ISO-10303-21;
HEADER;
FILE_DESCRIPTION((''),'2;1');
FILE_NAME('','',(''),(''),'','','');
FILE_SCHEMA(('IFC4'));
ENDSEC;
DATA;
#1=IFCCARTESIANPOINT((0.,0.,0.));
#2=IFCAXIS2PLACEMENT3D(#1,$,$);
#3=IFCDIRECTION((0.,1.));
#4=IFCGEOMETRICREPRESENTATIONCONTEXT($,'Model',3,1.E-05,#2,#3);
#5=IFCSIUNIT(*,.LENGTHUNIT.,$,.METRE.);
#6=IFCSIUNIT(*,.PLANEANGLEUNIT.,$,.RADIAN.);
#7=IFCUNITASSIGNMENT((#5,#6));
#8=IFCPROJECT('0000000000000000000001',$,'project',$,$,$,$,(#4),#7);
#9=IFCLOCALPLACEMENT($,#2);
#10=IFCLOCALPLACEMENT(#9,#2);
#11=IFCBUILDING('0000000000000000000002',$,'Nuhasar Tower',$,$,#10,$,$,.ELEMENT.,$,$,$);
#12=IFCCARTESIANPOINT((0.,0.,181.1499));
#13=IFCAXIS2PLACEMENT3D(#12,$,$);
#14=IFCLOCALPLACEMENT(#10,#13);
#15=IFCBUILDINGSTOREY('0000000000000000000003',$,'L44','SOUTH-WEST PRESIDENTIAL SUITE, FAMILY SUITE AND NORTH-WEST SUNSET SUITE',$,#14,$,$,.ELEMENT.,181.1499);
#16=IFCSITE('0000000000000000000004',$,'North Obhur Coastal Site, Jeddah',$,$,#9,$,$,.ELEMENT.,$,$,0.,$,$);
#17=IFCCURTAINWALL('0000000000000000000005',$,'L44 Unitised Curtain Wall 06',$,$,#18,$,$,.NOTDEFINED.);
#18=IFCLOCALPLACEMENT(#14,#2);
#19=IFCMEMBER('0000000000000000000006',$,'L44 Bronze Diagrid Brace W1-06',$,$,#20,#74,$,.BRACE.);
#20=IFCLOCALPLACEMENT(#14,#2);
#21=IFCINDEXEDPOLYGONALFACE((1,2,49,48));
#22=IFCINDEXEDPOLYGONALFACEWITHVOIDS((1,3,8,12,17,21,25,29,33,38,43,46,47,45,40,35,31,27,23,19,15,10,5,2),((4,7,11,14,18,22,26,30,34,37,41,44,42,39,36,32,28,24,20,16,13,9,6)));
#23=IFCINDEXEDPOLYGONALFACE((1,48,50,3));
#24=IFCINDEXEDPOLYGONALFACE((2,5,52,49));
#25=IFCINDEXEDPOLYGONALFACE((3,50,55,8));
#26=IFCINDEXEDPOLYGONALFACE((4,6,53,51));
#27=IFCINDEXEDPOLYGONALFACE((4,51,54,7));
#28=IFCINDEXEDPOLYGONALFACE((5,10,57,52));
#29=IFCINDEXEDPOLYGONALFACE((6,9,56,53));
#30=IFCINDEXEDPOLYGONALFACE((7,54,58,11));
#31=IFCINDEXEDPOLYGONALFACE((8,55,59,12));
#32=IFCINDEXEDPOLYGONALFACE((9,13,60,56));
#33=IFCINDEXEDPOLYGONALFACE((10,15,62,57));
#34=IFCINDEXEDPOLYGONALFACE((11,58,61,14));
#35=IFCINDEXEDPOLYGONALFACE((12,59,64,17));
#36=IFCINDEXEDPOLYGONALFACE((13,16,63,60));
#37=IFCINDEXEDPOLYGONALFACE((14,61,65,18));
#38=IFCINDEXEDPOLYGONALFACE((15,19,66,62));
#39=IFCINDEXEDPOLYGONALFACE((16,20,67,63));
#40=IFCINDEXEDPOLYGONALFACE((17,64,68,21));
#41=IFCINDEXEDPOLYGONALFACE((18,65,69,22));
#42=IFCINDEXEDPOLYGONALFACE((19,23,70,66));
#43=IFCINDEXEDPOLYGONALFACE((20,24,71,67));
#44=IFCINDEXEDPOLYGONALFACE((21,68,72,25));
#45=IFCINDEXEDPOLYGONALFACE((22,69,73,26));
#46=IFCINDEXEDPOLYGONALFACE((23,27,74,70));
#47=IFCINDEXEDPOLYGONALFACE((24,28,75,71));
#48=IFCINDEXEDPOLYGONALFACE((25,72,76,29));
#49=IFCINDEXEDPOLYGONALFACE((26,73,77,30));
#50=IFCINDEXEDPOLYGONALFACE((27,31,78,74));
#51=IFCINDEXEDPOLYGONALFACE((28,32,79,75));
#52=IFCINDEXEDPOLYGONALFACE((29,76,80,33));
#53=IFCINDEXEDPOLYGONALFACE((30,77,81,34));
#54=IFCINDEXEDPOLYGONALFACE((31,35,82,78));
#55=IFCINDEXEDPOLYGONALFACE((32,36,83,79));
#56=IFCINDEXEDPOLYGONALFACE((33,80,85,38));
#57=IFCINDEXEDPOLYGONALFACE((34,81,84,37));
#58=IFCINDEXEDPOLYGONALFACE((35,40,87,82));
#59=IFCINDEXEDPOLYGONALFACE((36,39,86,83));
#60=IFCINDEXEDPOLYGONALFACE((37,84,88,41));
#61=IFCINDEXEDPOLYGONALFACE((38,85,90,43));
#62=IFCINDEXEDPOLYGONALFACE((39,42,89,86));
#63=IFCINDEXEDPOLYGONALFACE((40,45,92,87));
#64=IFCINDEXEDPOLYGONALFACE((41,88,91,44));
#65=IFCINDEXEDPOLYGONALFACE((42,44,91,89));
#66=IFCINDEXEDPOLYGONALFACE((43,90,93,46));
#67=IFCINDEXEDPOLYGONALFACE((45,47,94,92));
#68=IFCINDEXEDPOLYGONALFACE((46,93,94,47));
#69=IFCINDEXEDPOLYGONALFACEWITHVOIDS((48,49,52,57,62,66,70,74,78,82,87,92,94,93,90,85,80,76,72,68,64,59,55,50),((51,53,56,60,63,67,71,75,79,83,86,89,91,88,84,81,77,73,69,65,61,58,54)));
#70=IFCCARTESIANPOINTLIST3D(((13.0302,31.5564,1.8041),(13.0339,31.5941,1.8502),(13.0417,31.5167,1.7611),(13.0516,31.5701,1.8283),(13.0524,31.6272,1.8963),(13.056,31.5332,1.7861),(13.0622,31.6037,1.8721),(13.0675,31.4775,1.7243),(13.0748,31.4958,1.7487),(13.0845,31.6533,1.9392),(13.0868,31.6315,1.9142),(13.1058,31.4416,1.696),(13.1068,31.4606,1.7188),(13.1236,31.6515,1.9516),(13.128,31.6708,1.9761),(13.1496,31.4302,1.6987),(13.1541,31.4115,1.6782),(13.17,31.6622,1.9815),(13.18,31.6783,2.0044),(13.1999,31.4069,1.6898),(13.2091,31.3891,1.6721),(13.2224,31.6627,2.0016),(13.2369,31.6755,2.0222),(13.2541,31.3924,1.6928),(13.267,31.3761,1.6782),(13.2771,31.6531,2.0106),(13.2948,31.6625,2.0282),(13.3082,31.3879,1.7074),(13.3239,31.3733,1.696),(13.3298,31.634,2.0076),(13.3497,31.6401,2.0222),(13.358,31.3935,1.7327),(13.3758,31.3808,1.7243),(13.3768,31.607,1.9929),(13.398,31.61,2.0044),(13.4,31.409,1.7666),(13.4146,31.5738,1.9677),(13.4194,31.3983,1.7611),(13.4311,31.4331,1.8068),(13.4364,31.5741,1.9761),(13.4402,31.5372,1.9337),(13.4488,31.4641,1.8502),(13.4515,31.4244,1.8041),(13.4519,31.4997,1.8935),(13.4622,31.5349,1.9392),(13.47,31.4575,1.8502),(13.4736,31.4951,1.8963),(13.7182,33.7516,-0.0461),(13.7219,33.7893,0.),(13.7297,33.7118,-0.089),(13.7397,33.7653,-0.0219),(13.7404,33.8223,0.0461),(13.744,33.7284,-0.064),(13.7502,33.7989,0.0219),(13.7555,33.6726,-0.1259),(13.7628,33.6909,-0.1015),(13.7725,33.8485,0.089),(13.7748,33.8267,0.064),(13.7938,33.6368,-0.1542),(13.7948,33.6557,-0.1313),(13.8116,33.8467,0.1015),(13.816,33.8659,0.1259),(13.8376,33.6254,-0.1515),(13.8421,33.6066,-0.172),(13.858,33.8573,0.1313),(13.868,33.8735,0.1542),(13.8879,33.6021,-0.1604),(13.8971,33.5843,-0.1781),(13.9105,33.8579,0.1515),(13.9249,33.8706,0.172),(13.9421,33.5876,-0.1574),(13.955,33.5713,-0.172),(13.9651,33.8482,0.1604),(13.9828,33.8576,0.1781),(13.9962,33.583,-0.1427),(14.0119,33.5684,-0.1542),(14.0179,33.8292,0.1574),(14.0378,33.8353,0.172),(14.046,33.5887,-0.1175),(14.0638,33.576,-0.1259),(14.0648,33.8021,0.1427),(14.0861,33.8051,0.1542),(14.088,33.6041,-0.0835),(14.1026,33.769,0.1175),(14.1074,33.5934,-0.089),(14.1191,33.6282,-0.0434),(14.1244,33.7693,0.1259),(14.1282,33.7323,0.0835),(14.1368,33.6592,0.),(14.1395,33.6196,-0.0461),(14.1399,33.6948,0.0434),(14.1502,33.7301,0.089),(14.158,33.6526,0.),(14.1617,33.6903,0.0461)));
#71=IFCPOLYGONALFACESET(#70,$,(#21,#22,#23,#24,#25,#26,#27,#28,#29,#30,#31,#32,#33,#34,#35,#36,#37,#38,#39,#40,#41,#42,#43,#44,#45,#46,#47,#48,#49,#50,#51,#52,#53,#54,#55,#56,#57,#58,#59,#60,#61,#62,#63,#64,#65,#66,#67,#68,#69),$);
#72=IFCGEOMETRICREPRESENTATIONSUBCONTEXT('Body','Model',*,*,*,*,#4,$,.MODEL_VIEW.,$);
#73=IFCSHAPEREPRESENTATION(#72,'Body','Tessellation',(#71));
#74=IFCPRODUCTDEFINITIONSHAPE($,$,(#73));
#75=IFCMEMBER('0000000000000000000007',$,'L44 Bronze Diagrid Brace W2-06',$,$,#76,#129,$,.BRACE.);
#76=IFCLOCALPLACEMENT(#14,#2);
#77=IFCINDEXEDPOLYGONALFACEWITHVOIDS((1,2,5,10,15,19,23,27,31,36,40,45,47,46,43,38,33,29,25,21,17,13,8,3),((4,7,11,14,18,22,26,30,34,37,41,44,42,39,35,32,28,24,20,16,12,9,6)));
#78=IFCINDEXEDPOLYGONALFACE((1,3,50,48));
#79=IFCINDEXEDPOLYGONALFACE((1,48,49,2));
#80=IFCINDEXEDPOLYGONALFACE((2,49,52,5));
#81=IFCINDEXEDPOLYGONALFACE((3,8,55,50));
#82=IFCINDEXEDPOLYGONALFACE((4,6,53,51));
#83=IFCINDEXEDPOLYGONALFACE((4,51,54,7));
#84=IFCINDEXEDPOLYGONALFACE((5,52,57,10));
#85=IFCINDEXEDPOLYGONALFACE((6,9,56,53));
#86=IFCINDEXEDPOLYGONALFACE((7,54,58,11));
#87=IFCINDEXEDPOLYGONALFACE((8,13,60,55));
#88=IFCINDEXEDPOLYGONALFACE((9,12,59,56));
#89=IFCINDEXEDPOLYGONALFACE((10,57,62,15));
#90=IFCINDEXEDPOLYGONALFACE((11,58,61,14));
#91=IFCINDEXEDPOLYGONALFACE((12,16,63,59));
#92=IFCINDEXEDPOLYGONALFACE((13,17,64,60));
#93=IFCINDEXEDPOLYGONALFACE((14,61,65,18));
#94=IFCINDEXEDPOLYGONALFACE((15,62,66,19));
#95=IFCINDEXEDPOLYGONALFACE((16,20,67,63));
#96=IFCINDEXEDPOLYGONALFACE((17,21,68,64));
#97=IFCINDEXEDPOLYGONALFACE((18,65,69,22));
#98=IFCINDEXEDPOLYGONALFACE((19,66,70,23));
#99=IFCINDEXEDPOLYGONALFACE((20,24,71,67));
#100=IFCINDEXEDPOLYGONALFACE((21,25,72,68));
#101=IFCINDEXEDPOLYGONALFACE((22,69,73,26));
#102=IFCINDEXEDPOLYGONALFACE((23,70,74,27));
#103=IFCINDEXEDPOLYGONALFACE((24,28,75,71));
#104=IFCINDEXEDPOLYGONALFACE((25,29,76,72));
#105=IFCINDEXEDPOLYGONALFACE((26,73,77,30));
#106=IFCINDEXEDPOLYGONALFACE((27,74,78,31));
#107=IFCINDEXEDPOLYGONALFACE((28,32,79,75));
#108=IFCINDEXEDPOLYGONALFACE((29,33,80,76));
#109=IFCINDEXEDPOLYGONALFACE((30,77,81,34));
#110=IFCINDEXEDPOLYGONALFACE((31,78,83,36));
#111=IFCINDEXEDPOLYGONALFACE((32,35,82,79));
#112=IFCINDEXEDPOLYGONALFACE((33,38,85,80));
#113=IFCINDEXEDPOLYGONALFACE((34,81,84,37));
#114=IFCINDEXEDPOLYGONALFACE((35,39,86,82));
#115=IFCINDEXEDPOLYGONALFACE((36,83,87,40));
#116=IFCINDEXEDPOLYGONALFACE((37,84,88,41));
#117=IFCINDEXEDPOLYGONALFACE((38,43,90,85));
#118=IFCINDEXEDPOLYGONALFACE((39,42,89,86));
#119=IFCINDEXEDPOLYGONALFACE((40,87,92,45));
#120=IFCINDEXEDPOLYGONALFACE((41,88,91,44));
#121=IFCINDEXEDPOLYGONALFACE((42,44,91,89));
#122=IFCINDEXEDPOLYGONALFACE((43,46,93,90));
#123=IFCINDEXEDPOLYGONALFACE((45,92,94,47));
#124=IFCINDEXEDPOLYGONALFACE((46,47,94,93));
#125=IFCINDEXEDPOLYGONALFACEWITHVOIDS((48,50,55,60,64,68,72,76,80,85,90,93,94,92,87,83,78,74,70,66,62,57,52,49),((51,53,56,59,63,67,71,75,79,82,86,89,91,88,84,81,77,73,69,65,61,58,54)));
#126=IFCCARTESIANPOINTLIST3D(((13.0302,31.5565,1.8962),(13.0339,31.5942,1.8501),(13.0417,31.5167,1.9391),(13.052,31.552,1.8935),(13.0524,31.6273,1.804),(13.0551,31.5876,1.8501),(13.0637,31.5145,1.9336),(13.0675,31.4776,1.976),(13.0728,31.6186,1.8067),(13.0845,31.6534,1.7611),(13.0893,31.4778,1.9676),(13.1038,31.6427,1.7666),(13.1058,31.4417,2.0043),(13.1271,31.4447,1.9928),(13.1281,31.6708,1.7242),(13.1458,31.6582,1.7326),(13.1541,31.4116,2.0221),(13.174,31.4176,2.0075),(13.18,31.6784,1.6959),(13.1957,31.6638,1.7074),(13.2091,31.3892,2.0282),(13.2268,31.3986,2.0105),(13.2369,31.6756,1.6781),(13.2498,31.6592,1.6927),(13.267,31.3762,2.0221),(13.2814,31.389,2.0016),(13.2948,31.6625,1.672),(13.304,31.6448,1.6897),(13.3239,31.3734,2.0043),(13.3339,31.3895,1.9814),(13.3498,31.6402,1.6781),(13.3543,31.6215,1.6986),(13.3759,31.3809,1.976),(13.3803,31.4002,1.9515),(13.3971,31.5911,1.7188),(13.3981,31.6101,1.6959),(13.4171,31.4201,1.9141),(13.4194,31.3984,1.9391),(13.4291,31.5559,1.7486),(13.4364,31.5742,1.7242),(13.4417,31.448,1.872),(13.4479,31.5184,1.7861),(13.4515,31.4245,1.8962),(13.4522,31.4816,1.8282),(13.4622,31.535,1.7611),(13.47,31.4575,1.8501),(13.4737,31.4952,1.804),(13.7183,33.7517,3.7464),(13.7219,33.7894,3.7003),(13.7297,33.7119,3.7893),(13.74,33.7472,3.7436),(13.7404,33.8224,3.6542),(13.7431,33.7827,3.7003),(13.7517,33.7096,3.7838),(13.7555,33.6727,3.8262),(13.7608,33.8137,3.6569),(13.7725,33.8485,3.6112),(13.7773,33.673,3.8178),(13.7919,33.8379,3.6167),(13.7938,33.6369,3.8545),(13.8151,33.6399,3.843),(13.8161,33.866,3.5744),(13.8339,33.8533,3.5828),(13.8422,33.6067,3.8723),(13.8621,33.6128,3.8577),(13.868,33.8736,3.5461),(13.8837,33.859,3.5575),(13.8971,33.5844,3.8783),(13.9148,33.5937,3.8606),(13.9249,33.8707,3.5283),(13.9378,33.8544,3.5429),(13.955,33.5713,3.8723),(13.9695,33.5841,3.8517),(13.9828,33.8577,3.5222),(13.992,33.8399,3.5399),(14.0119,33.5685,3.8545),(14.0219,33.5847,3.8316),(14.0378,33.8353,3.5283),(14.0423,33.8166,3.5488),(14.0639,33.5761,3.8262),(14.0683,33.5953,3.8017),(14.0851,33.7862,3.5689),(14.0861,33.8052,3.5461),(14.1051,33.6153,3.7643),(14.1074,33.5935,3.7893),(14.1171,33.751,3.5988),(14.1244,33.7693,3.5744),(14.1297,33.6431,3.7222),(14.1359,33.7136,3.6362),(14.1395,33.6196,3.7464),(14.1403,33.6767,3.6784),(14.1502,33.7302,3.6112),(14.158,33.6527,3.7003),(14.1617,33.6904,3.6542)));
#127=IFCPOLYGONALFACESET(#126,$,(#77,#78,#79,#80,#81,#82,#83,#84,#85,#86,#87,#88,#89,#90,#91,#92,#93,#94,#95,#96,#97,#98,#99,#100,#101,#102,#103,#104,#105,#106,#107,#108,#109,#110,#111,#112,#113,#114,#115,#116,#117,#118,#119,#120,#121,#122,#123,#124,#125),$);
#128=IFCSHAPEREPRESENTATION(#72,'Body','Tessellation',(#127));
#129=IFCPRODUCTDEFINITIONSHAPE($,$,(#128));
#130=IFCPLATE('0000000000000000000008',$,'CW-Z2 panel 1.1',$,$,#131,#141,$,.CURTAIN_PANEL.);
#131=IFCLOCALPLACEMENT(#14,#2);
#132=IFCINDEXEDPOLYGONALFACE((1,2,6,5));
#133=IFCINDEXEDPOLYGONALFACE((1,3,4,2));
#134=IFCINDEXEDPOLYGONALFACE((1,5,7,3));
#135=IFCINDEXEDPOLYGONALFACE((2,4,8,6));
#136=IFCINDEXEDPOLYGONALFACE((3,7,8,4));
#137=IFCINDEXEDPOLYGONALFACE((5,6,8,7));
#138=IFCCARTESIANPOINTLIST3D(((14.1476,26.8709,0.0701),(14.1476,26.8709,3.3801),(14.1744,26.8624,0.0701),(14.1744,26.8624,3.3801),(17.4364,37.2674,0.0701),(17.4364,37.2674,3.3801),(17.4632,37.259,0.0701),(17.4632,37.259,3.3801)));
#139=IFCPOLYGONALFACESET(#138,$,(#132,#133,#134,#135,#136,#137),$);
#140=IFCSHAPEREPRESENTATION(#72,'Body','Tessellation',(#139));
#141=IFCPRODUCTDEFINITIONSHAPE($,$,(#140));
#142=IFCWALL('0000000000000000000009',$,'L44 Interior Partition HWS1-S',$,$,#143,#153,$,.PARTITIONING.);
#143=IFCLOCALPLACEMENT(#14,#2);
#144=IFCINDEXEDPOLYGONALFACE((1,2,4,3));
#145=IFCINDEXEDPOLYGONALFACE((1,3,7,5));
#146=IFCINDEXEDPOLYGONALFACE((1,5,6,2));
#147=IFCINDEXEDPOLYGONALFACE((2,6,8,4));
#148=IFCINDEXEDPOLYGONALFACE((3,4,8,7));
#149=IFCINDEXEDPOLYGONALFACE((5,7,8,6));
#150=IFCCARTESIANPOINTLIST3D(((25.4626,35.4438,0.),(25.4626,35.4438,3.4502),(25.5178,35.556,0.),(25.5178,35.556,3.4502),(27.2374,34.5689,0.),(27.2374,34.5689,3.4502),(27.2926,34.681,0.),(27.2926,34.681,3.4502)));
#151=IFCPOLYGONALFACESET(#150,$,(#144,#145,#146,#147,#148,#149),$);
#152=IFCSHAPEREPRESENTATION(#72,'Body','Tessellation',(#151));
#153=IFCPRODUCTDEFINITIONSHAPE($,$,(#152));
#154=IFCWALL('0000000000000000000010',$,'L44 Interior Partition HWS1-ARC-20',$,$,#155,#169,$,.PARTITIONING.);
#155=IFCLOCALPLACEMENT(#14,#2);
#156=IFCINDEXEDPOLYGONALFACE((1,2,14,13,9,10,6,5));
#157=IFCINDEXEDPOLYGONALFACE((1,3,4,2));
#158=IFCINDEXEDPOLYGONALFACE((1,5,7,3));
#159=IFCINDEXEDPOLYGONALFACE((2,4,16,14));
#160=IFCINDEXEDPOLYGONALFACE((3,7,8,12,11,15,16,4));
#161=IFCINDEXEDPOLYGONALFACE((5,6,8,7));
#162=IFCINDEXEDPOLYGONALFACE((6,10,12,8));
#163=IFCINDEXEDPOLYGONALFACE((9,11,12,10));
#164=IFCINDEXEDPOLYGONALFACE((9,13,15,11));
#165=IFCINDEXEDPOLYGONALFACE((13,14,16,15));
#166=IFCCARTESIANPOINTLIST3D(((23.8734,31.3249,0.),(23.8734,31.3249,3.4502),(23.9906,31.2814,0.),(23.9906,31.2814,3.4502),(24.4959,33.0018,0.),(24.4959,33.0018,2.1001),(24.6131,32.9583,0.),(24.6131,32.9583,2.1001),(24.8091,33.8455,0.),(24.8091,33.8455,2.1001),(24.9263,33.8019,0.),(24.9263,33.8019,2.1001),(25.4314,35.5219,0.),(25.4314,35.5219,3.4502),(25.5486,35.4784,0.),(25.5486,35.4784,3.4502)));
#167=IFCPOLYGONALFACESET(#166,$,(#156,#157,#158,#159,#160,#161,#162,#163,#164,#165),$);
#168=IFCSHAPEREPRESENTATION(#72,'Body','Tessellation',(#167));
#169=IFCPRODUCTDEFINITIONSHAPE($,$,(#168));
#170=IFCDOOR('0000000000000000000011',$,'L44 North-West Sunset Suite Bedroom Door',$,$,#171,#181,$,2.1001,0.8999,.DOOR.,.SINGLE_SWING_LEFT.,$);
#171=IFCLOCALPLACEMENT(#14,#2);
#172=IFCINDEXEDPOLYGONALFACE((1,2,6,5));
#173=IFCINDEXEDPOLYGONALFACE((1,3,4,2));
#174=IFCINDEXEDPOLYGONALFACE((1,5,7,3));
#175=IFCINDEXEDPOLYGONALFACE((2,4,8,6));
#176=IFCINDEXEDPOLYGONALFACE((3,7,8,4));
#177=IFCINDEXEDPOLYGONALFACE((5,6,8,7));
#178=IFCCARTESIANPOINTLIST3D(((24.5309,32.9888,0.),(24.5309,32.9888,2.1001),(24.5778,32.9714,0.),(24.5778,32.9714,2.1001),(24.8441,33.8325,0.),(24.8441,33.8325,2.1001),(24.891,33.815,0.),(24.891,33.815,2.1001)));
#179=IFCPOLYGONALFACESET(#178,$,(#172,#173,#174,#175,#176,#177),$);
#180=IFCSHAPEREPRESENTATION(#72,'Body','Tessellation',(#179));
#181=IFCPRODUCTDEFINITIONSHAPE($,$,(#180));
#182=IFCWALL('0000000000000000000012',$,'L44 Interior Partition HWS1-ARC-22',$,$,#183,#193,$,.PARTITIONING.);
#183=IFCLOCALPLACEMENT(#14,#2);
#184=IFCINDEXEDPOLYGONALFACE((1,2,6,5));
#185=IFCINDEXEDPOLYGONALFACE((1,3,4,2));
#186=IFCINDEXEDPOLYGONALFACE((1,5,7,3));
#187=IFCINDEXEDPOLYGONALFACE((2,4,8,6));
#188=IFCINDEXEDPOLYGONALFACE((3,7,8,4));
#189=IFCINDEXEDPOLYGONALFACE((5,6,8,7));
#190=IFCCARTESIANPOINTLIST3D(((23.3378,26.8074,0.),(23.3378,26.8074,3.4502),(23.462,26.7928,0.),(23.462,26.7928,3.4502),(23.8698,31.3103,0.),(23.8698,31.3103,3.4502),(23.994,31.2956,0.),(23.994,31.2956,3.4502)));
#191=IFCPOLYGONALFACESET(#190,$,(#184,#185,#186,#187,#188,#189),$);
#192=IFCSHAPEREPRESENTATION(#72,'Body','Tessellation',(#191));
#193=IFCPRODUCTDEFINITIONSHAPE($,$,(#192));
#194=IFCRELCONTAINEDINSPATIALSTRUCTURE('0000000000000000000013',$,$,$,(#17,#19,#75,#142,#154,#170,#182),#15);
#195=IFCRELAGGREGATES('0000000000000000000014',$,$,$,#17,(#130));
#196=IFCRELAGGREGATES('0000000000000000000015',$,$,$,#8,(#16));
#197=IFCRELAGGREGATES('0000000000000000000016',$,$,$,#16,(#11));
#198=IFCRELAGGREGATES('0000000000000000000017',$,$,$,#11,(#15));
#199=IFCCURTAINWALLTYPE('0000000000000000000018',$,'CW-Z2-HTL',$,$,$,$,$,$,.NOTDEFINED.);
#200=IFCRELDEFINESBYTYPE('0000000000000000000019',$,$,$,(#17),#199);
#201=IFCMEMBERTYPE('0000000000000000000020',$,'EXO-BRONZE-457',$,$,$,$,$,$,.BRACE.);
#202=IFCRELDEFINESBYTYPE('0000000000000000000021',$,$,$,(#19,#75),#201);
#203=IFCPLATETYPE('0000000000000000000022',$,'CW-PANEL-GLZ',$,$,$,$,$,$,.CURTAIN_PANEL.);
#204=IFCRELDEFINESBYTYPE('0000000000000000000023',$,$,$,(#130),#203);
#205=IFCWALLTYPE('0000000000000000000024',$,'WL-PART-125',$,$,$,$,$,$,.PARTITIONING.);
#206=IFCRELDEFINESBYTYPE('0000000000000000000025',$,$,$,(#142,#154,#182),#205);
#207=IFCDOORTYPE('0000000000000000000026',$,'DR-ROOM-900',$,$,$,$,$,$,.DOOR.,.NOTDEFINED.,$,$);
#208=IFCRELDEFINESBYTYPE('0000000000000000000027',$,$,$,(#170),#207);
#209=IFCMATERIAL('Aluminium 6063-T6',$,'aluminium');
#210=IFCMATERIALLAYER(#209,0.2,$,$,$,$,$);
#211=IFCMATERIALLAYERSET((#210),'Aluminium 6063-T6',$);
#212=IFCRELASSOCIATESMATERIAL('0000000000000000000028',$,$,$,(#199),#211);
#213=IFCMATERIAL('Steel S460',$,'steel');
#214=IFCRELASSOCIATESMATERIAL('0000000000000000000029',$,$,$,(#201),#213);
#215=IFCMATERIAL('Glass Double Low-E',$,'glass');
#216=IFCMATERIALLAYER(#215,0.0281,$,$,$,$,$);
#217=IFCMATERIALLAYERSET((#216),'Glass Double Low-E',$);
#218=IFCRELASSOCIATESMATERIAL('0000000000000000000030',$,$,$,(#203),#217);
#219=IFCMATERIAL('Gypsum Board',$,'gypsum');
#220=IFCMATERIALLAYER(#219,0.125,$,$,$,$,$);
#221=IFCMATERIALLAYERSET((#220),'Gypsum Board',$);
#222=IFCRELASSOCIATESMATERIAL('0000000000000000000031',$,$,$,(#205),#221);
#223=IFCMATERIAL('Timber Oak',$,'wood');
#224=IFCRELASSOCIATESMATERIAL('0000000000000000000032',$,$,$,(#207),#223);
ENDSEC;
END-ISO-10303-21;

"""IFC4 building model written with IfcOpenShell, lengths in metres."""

from ifc_helpers import new_model, si_unit, direction, frame, frame_2d, origin, origin_2d, place, context, subcontext, project, spatial, rectangle, hollow_circle, extrude, material, layer, layer_set, material_profile, profile_set, type_object, element, fill, aggregate, save


model = new_model("IFC4")

# Units and contexts
model_context = context("Model", 3, precision=1e-05, world=origin(), true_north=direction((0.0, 1.0)))
body_context = subcontext(model_context, "Body", "Model", "MODEL_VIEW")
ifc_project = project(units=[si_unit("LENGTHUNIT", "METRE"), si_unit("PLANEANGLEUNIT", "RADIAN")], contexts=[model_context])

# Site, building, storey
site_placement = place(None, origin())
site = spatial("IfcSite", under=ifc_project, at=site_placement, Name="North Obhur Coastal Site, Jeddah", CompositionType="ELEMENT", RefElevation=0.0)
building_placement = place(site_placement, origin())
building = spatial("IfcBuilding", under=site, at=building_placement, Name="Nuhasar Tower", CompositionType="ELEMENT")
storey_placement = place(building_placement, frame((0.0, 0.0, 181.1499)))
storey = spatial("IfcBuildingStorey", under=building, at=storey_placement, Name="L44", Description="SOUTH-WEST PRESIDENTIAL SUITE, FAMILY SUITE AND NORTH-WEST SUNSET SUITE", CompositionType="ELEMENT", Elevation=181.1499)

# Curtain wall
ifc_material_1 = material(Name="Aluminium 6063-T6", Category="aluminium")
ifc_layer_1 = layer(ifc_material_1, 0.2)
ifc_layer_set_1 = layer_set([ifc_layer_1], Name="Aluminium 6063-T6")
curtain_wall_type = type_object("IfcCurtainWallType", Name="CW-Z2-HTL", PredefinedType="NOTDEFINED", material=ifc_layer_set_1)
curtain_wall_placement = place(storey_placement, origin())
curtain_wall = element("IfcCurtainWall", 1, at=curtain_wall_placement, inside=storey, type_object=curtain_wall_type, Name="L44 Unitised Curtain Wall 06", PredefinedType="NOTDEFINED")

# Members
ifc_material_2 = material(Name="Steel S460", Category="steel")
ifc_material_profile_1 = material_profile(ifc_material_2, hollow_circle(Radius=0.2285, WallThickness=0.0222, at=origin_2d()), Name="HSS457X22.2")
ifc_profile_set_1 = profile_set([ifc_material_profile_1], Name="Steel S460")
member_type_1 = type_object("IfcMemberType", Name="EXO-BRONZE-457", PredefinedType="BRACE", material=ifc_profile_set_1)
for number, where, z_axis, x_axis, name in (
    (2, (13.9399, 33.7209, 0.0), (-0.233056, -0.743578, 0.626719), (0.954228, -0.299079, 0.0), "L44 Bronze Diagrid Brace W1-06"),
    (3, (13.252, 31.5259, 1.8501), (0.233056, 0.743578, 0.626719), (-0.954228, 0.299079, 0.0), "L44 Bronze Diagrid Brace W2-06"),
):
    element("IfcMember", number, at=place(storey_placement, frame(where, z_axis=z_axis, x_axis=x_axis)), inside=storey, type_object=member_type_1, Name=name, PredefinedType="BRACE", context=body_context, shape_type="SweptSolid", body=[
        extrude(hollow_circle(Radius=0.2285, WallThickness=0.0222, at=origin_2d()), origin(), (0.0, 0.0, 1.0), 2.9521),
    ])

# Plate
ifc_material_3 = material(Name="Glass Double Low-E", Category="glass")
ifc_layer_2 = layer(ifc_material_3, 0.0281)
ifc_layer_set_2 = layer_set([ifc_layer_2], Name="Glass Double Low-E")
plate_type = type_object("IfcPlateType", Name="CW-PANEL-GLZ", PredefinedType="CURTAIN_PANEL", material=ifc_layer_set_2)
plate_placement = place(storey_placement, frame((15.8054, 32.0649, 0.0701), z_axis=(0.0, 0.0, 1.0), x_axis=(-0.301604, -0.953433, 0.0)))
plate = element("IfcPlate", 4, at=plate_placement, type_object=plate_type, Name="CW-Z2 panel 1.1", PredefinedType="CURTAIN_PANEL", context=body_context, shape_type="SweptSolid", body=[
    extrude(rectangle(XDim=10.9043, YDim=0.0281, at=origin_2d()), origin(), (0.0, 0.0, 1.0), 3.3101),
])
aggregate(curtain_wall, [plate])

# Shared definitions
ifc_material_4 = material(Name="Gypsum Board", Category="gypsum")
ifc_material_5 = material(Name="Timber Oak", Category="wood")

# Wall
ifc_layer_3 = layer(ifc_material_4, 0.125)
ifc_layer_set_3 = layer_set([ifc_layer_3], Name="Gypsum Board")
wall_type_1 = type_object("IfcWallType", Name="WL-PART-125", PredefinedType="PARTITIONING", material=ifc_layer_set_3)
wall_1_placement = place(storey_placement, frame((27.2649, 34.625, 0.0), z_axis=(0.0, 0.0, 1.0), x_axis=(-0.89693, 0.442173, 0.0)))
element("IfcWall", 5, at=wall_1_placement, inside=storey, type_object=wall_type_1, Name="L44 Interior Partition HWS1-S", PredefinedType="PARTITIONING", context=body_context, shape_type="SweptSolid", body=[
    extrude(rectangle(XDim=1.9788, YDim=0.125, at=frame_2d((0.9893, 0.0))), origin(), (0.0, 0.0, 1.0), 3.4502),
])

# Wall, opening, door
wall_2_placement = place(storey_placement, frame((25.49, 35.5, 0.0), z_axis=(0.0, 0.0, 1.0), x_axis=(-0.348032, -0.937483, 0.0)))
wall_2 = element("IfcWall", 6, at=wall_2_placement, inside=storey, type_object=wall_type_1, Name="L44 Interior Partition HWS1-ARC-20", PredefinedType="PARTITIONING", context=body_context, shape_type="SweptSolid", body=[
    extrude(rectangle(XDim=4.4768, YDim=0.125, at=frame_2d((2.2383, 0.0))), origin(), (0.0, 0.0, 1.0), 3.4502),
])
opening_1_placement = place(wall_2_placement, frame((1.7881, 0.0, 0.0)))
opening_1 = element("IfcOpeningElement", 7, at=opening_1_placement, cuts=wall_2, PredefinedType="OPENING", context=body_context, shape_type="SweptSolid", body=[
    extrude(rectangle(XDim=0.8999, YDim=2.1001, at=frame_2d((0.45, 1.05))), frame((0.0, 0.0725, 0.0), z_axis=(0.0, -1.0, 0.0), x_axis=(1.0, 0.0, 0.0)), (0.0, 0.0, 1.0), 0.145),
])
door_type_1 = type_object("IfcDoorType", Name="DR-ROOM-900", OperationType="NOTDEFINED", PredefinedType="DOOR", material=ifc_material_5)
door_1_placement = place(opening_1_placement, origin())
door_1 = element("IfcDoor", 8, at=door_1_placement, inside=storey, type_object=door_type_1, Name="L44 North-West Sunset Suite Bedroom Door", OperationType="SINGLE_SWING_LEFT", OverallHeight=2.1001, OverallWidth=0.8999, PredefinedType="DOOR", context=body_context, shape_type="SweptSolid", body=[
    extrude(rectangle(XDim=0.8999, YDim=2.1001, at=frame_2d((0.45, 1.05))), frame((0.0, 0.0249, 0.0), z_axis=(0.0, -1.0, 0.0), x_axis=(1.0, 0.0, 0.0)), (0.0, 0.0, 1.0), 0.05),
])
fill(opening_1, door_1)

# Wall
for number, where, z_axis, x_axis, name in (
    (9, (23.9319, 31.303, 0.0), (0.0, 0.0, 1.0), (-0.117325, -0.993094, 0.0), "L44 Interior Partition HWS1-ARC-22"),
):
    element("IfcWall", number, at=place(storey_placement, frame(where, z_axis=z_axis, x_axis=x_axis)), inside=storey, type_object=wall_type_1, Name=name, PredefinedType="PARTITIONING", context=body_context, shape_type="SweptSolid", body=[
        extrude(rectangle(XDim=4.5342, YDim=0.125, at=frame_2d((2.2671, 0.0))), origin(), (0.0, 0.0, 1.0), 3.4502),
    ])

save(model, "model.ifc")
